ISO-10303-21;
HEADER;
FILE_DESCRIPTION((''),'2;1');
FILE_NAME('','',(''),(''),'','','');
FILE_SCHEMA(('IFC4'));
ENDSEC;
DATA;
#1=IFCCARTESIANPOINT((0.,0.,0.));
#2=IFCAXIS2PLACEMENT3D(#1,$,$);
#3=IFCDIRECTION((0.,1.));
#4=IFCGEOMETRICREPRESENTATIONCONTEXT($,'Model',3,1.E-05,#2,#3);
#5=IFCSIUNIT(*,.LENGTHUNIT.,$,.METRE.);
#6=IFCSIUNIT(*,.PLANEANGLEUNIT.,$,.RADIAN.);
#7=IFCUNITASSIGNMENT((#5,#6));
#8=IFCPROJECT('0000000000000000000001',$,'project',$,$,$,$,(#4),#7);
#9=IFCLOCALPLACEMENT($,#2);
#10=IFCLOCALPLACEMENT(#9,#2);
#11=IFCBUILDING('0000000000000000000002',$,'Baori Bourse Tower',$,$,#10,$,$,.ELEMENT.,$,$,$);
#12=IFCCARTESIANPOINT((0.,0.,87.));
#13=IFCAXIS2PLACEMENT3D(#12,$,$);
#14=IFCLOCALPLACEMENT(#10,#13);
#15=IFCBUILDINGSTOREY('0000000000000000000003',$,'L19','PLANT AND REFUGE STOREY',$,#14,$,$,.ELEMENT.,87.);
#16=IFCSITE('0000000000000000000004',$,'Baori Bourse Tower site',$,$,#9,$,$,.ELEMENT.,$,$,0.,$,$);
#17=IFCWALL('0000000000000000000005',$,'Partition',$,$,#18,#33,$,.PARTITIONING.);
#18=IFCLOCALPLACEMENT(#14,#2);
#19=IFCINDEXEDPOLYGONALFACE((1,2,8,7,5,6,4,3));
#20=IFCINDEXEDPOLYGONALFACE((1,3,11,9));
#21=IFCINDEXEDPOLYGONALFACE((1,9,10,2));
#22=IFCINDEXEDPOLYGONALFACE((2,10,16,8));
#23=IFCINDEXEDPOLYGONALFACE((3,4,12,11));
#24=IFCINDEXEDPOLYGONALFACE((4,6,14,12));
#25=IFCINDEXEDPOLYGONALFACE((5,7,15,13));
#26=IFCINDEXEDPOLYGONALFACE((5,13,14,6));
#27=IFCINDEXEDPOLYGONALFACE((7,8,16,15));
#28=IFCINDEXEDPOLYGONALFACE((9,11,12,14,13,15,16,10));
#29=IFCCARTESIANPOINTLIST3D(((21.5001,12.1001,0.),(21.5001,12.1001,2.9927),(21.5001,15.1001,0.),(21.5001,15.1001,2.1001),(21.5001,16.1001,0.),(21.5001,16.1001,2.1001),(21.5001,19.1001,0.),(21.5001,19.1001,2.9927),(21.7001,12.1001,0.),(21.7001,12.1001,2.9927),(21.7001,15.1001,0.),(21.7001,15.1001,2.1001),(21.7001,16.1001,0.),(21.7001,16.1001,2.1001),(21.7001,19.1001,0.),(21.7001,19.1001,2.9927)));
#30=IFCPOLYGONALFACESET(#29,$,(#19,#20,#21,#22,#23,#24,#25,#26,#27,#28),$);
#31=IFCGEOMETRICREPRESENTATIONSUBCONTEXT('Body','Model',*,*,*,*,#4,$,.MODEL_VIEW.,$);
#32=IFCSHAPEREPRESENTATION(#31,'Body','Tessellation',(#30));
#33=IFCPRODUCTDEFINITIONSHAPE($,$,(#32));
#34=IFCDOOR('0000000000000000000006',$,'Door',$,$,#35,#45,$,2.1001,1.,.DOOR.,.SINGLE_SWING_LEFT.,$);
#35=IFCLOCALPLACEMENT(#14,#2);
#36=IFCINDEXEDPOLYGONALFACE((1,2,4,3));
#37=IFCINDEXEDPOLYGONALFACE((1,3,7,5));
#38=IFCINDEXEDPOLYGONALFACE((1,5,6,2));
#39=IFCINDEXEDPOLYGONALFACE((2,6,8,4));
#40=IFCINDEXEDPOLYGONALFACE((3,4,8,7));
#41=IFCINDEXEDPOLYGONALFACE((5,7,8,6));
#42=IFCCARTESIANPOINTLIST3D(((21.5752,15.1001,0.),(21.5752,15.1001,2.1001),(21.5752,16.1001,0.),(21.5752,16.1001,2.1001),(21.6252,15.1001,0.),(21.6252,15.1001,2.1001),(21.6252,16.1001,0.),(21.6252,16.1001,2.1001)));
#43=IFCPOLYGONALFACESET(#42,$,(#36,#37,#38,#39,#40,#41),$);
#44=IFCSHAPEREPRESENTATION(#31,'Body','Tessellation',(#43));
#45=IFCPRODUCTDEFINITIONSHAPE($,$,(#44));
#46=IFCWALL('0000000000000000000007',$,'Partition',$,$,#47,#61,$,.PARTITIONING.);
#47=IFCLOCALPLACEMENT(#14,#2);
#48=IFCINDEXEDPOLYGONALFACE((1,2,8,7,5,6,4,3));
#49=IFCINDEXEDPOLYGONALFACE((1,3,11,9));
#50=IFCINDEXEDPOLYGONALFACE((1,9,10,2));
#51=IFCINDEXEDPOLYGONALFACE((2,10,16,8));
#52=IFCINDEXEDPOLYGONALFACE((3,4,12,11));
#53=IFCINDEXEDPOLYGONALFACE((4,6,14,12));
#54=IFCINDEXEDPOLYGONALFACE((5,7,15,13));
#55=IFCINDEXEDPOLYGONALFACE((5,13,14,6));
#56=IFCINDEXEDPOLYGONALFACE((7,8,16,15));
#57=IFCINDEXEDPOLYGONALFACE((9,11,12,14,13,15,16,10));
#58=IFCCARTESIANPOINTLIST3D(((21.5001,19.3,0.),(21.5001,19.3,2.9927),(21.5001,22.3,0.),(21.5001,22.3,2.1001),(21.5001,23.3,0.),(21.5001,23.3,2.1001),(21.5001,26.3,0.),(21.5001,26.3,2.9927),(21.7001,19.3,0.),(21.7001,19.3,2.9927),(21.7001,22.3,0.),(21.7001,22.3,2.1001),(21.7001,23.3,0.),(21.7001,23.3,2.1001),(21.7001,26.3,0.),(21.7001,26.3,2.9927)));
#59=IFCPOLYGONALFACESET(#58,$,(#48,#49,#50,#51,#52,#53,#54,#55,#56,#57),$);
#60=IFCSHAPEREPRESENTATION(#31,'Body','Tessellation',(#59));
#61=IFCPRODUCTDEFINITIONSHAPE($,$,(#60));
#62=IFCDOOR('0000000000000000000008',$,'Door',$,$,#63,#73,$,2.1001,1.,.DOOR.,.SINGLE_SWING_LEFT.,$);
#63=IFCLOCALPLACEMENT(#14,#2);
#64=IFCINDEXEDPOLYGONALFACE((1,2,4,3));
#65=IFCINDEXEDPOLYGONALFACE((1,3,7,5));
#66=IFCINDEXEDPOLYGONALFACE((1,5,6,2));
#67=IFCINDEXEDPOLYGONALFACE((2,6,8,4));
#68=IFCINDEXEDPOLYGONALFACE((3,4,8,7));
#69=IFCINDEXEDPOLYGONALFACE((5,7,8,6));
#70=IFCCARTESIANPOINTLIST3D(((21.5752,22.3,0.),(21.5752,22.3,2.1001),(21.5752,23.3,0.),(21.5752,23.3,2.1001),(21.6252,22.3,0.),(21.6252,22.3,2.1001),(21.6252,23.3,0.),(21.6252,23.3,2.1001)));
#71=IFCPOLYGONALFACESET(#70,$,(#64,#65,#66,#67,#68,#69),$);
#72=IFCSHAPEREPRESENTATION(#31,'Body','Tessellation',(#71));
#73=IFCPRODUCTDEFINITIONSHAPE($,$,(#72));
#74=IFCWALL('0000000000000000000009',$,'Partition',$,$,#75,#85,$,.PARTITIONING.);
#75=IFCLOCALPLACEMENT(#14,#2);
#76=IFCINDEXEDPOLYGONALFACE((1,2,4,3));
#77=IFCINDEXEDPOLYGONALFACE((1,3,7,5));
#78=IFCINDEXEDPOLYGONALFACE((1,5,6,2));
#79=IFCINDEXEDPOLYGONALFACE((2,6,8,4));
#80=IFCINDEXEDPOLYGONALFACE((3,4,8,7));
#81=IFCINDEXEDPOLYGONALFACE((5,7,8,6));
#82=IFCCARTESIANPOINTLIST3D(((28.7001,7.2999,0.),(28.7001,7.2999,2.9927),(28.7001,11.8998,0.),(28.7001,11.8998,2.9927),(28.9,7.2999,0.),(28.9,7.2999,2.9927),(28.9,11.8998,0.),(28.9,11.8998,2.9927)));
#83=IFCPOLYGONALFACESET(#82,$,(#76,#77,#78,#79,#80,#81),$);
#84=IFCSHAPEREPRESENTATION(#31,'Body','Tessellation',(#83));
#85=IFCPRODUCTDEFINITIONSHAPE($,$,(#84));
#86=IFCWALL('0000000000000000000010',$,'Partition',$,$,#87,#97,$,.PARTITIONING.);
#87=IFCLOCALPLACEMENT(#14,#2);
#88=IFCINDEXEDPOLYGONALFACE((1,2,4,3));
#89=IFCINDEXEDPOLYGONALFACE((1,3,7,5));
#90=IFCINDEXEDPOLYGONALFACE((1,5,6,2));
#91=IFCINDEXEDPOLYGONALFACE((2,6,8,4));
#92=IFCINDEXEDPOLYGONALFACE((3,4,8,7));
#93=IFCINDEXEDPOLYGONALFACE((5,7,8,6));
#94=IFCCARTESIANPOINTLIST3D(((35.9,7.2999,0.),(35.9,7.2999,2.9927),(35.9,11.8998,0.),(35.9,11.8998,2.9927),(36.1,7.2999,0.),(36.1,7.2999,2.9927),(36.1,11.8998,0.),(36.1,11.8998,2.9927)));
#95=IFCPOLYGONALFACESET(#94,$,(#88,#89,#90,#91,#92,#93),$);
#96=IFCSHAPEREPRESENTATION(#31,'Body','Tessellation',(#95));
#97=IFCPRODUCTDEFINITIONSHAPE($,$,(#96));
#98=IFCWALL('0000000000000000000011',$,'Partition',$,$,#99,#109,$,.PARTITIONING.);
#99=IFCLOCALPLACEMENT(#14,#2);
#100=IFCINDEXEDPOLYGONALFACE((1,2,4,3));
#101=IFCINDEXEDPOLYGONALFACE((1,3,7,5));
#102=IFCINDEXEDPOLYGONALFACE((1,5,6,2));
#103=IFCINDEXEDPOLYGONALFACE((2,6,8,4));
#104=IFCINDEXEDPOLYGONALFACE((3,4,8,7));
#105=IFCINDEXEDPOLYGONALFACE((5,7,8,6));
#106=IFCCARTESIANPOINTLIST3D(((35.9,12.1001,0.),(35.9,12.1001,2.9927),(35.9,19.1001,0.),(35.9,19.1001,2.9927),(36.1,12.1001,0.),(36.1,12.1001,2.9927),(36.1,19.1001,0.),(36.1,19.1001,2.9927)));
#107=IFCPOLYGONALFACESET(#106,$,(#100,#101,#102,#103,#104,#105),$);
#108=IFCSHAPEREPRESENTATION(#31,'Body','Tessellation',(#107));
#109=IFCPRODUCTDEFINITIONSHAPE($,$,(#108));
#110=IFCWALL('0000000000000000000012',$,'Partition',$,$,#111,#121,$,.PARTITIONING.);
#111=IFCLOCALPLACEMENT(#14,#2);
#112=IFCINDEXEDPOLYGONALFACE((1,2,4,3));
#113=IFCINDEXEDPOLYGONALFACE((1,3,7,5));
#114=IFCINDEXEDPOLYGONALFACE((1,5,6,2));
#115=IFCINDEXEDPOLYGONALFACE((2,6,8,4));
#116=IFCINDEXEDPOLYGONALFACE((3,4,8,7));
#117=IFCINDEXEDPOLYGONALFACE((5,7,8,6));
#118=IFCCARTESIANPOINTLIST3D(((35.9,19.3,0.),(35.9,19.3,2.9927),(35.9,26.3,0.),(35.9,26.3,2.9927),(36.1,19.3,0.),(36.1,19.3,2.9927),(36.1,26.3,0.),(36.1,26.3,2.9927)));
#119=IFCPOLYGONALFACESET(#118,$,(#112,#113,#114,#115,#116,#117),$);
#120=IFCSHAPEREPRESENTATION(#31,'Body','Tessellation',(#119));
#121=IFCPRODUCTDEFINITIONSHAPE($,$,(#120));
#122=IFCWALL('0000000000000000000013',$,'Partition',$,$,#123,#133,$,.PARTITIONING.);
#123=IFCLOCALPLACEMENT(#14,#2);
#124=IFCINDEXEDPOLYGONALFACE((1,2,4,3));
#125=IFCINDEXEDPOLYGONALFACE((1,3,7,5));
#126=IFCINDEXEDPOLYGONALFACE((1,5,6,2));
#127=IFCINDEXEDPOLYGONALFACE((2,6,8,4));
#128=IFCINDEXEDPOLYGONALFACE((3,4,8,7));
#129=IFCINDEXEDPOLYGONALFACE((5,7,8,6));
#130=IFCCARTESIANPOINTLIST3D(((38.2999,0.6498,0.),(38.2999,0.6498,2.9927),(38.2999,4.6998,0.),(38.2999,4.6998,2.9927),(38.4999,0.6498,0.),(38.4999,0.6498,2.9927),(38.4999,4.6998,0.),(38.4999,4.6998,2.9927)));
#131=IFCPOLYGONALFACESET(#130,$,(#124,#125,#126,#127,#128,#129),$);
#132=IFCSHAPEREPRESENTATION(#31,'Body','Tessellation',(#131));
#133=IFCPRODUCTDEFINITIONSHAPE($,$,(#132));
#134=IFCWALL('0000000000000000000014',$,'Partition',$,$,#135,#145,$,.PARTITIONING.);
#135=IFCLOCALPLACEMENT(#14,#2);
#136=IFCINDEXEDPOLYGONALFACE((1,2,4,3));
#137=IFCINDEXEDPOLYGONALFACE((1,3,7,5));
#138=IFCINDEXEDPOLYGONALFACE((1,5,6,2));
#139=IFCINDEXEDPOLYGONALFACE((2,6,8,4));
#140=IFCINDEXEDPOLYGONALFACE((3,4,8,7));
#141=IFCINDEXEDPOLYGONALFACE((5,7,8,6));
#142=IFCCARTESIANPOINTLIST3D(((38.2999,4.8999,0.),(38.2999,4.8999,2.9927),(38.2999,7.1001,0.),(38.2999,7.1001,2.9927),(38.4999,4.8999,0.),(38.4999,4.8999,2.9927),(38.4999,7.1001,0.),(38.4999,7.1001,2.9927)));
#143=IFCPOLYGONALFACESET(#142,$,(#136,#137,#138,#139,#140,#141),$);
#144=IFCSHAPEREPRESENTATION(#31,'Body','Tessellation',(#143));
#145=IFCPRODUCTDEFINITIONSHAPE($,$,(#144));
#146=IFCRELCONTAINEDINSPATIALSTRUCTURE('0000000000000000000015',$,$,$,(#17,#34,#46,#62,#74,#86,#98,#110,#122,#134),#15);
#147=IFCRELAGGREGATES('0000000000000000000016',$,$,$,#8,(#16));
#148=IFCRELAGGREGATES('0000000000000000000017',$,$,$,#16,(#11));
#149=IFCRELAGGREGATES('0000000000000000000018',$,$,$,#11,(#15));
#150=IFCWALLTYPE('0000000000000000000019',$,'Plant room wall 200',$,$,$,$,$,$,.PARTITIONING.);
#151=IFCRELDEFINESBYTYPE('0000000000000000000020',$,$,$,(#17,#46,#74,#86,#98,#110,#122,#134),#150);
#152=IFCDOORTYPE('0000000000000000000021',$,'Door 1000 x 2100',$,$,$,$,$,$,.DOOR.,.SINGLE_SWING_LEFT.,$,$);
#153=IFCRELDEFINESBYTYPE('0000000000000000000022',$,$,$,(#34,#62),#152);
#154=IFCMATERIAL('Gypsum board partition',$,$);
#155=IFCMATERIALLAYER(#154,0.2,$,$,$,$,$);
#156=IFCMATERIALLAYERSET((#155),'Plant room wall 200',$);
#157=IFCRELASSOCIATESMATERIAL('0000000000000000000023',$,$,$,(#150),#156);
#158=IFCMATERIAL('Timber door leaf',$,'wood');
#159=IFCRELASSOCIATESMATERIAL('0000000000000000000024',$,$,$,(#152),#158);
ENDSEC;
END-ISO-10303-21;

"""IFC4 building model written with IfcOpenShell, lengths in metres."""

from ifc_helpers import new_model, si_unit, direction, frame, frame_2d, origin, place, context, subcontext, project, spatial, rectangle, extrude, material, layer, layer_set, type_object, element, fill, save


model = new_model("IFC4")

# Units and contexts
model_context = context("Model", 3, precision=1e-05, world=origin(), true_north=direction((0.0, 1.0)))
body_context = subcontext(model_context, "Body", "Model", "MODEL_VIEW")
ifc_project = project(units=[si_unit("LENGTHUNIT", "METRE"), si_unit("PLANEANGLEUNIT", "RADIAN")], contexts=[model_context])

# Site, building, storey
site_placement = place(None, origin())
site = spatial("IfcSite", under=ifc_project, at=site_placement, Name="Baori Bourse Tower site", CompositionType="ELEMENT", RefElevation=0.0)
building_placement = place(site_placement, origin())
building = spatial("IfcBuilding", under=site, at=building_placement, Name="Baori Bourse Tower", CompositionType="ELEMENT")
storey_placement = place(building_placement, frame((0.0, 0.0, 87.0)))
storey = spatial("IfcBuildingStorey", under=building, at=storey_placement, Name="L19", Description="PLANT AND REFUGE STOREY", CompositionType="ELEMENT", Elevation=87.0)

# Shared definitions
ifc_material_1 = material(Name="Gypsum board partition")
ifc_layer_1 = layer(ifc_material_1, 0.2)
ifc_layer_set_1 = layer_set([ifc_layer_1], Name="Plant room wall 200")
wall_type_1 = type_object("IfcWallType", Name="Plant room wall 200", PredefinedType="PARTITIONING", material=ifc_layer_set_1)
ifc_material_2 = material(Name="Timber door leaf", Category="wood")
door_type_1 = type_object("IfcDoorType", Name="Door 1000 x 2100", OperationType="SINGLE_SWING_LEFT", PredefinedType="DOOR", material=ifc_material_2)

# Walls, openings, doors
wall_1_placement = place(storey_placement, frame((21.6001, 12.1001, 0.0), z_axis=(0.0, 0.0, 1.0), x_axis=(0.0, 1.0, 0.0)))
wall_1 = element("IfcWall", 1, at=wall_1_placement, inside=storey, type_object=wall_type_1, Name="Partition", PredefinedType="PARTITIONING", context=body_context, shape_type="SweptSolid", body=[
    extrude(rectangle(XDim=7.0, YDim=0.2, at=frame_2d((3.5, 0.0))), origin(), (0.0, 0.0, 1.0), 2.9927),
])
opening_1_placement = place(wall_1_placement, frame((3.0, 0.0, 0.0)))
opening_1 = element("IfcOpeningElement", 2, at=opening_1_placement, cuts=wall_1, PredefinedType="OPENING", context=body_context, shape_type="SweptSolid", body=[
    extrude(rectangle(XDim=1.0, YDim=2.1001, at=frame_2d((0.5, 1.05))), frame((0.0, 0.1099, 0.0), z_axis=(0.0, -1.0, 0.0), x_axis=(1.0, 0.0, 0.0)), (0.0, 0.0, 1.0), 0.22),
])
door_1_placement = place(opening_1_placement, origin())
door_1 = element("IfcDoor", 3, at=door_1_placement, inside=storey, type_object=door_type_1, Name="Door", OperationType="SINGLE_SWING_LEFT", OverallHeight=2.1001, OverallWidth=1.0, PredefinedType="DOOR", context=body_context, shape_type="SweptSolid", body=[
    extrude(rectangle(XDim=1.0, YDim=2.1001, at=frame_2d((0.5, 1.05))), frame((0.0, 0.0249, 0.0), z_axis=(0.0, -1.0, 0.0), x_axis=(1.0, 0.0, 0.0)), (0.0, 0.0, 1.0), 0.05),
])
fill(opening_1, door_1)
wall_2_placement = place(storey_placement, frame((21.6001, 19.3, 0.0), z_axis=(0.0, 0.0, 1.0), x_axis=(0.0, 1.0, 0.0)))
wall_2 = element("IfcWall", 4, at=wall_2_placement, inside=storey, type_object=wall_type_1, Name="Partition", PredefinedType="PARTITIONING", context=body_context, shape_type="SweptSolid", body=[
    extrude(rectangle(XDim=7.0, YDim=0.2, at=frame_2d((3.5, 0.0))), origin(), (0.0, 0.0, 1.0), 2.9927),
])
opening_2_placement = place(wall_2_placement, frame((3.0, 0.0, 0.0)))
opening_2 = element("IfcOpeningElement", 5, at=opening_2_placement, cuts=wall_2, PredefinedType="OPENING", context=body_context, shape_type="SweptSolid", body=[
    extrude(rectangle(XDim=1.0, YDim=2.1001, at=frame_2d((0.5, 1.05))), frame((0.0, 0.1099, 0.0), z_axis=(0.0, -1.0, 0.0), x_axis=(1.0, 0.0, 0.0)), (0.0, 0.0, 1.0), 0.22),
])
door_2_placement = place(opening_2_placement, origin())
door_2 = element("IfcDoor", 6, at=door_2_placement, inside=storey, type_object=door_type_1, Name="Door", OperationType="SINGLE_SWING_LEFT", OverallHeight=2.1001, OverallWidth=1.0, PredefinedType="DOOR", context=body_context, shape_type="SweptSolid", body=[
    extrude(rectangle(XDim=1.0, YDim=2.1001, at=frame_2d((0.5, 1.05))), frame((0.0, 0.0249, 0.0), z_axis=(0.0, -1.0, 0.0), x_axis=(1.0, 0.0, 0.0)), (0.0, 0.0, 1.0), 0.05),
])
fill(opening_2, door_2)

# Walls
for number, where, z_axis, x_axis, name in (
    (7, (28.8, 7.3, 0.0), (0.0, 0.0, 1.0), (0.0, 1.0, 0.0), "Partition"),
    (8, (36.0, 7.3, 0.0), (0.0, 0.0, 1.0), (0.0, 1.0, 0.0), "Partition"),
):
    element("IfcWall", number, at=place(storey_placement, frame(where, z_axis=z_axis, x_axis=x_axis)), inside=storey, type_object=wall_type_1, Name=name, PredefinedType="PARTITIONING", context=body_context, shape_type="SweptSolid", body=[
        extrude(rectangle(XDim=4.5999, YDim=0.2, at=frame_2d((2.2998, 0.0))), origin(), (0.0, 0.0, 1.0), 2.9927),
    ])
for number, where, z_axis, x_axis, name in (
    (9, (36.0, 12.1001, 0.0), (0.0, 0.0, 1.0), (0.0, 1.0, 0.0), "Partition"),
    (10, (36.0, 19.3, 0.0), (0.0, 0.0, 1.0), (0.0, 1.0, 0.0), "Partition"),
):
    element("IfcWall", number, at=place(storey_placement, frame(where, z_axis=z_axis, x_axis=x_axis)), inside=storey, type_object=wall_type_1, Name=name, PredefinedType="PARTITIONING", context=body_context, shape_type="SweptSolid", body=[
        extrude(rectangle(XDim=7.0, YDim=0.2, at=frame_2d((3.5, 0.0))), origin(), (0.0, 0.0, 1.0), 2.9927),
    ])
wall_3_placement = place(storey_placement, frame((38.3999, 0.6499, 0.0), z_axis=(0.0, 0.0, 1.0), x_axis=(0.0, 1.0, 0.0)))
element("IfcWall", 11, at=wall_3_placement, inside=storey, type_object=wall_type_1, Name="Partition", PredefinedType="PARTITIONING", context=body_context, shape_type="SweptSolid", body=[
    extrude(rectangle(XDim=4.05, YDim=0.2, at=frame_2d((2.0249, 0.0))), origin(), (0.0, 0.0, 1.0), 2.9927),
])
wall_4_placement = place(storey_placement, frame((38.3999, 4.8999, 0.0), z_axis=(0.0, 0.0, 1.0), x_axis=(0.0, 1.0, 0.0)))
element("IfcWall", 12, at=wall_4_placement, inside=storey, type_object=wall_type_1, Name="Partition", PredefinedType="PARTITIONING", context=body_context, shape_type="SweptSolid", body=[
    extrude(rectangle(XDim=2.2002, YDim=0.2, at=frame_2d((1.1001, 0.0))), origin(), (0.0, 0.0, 1.0), 2.9927),
])

save(model, "model.ifc")
